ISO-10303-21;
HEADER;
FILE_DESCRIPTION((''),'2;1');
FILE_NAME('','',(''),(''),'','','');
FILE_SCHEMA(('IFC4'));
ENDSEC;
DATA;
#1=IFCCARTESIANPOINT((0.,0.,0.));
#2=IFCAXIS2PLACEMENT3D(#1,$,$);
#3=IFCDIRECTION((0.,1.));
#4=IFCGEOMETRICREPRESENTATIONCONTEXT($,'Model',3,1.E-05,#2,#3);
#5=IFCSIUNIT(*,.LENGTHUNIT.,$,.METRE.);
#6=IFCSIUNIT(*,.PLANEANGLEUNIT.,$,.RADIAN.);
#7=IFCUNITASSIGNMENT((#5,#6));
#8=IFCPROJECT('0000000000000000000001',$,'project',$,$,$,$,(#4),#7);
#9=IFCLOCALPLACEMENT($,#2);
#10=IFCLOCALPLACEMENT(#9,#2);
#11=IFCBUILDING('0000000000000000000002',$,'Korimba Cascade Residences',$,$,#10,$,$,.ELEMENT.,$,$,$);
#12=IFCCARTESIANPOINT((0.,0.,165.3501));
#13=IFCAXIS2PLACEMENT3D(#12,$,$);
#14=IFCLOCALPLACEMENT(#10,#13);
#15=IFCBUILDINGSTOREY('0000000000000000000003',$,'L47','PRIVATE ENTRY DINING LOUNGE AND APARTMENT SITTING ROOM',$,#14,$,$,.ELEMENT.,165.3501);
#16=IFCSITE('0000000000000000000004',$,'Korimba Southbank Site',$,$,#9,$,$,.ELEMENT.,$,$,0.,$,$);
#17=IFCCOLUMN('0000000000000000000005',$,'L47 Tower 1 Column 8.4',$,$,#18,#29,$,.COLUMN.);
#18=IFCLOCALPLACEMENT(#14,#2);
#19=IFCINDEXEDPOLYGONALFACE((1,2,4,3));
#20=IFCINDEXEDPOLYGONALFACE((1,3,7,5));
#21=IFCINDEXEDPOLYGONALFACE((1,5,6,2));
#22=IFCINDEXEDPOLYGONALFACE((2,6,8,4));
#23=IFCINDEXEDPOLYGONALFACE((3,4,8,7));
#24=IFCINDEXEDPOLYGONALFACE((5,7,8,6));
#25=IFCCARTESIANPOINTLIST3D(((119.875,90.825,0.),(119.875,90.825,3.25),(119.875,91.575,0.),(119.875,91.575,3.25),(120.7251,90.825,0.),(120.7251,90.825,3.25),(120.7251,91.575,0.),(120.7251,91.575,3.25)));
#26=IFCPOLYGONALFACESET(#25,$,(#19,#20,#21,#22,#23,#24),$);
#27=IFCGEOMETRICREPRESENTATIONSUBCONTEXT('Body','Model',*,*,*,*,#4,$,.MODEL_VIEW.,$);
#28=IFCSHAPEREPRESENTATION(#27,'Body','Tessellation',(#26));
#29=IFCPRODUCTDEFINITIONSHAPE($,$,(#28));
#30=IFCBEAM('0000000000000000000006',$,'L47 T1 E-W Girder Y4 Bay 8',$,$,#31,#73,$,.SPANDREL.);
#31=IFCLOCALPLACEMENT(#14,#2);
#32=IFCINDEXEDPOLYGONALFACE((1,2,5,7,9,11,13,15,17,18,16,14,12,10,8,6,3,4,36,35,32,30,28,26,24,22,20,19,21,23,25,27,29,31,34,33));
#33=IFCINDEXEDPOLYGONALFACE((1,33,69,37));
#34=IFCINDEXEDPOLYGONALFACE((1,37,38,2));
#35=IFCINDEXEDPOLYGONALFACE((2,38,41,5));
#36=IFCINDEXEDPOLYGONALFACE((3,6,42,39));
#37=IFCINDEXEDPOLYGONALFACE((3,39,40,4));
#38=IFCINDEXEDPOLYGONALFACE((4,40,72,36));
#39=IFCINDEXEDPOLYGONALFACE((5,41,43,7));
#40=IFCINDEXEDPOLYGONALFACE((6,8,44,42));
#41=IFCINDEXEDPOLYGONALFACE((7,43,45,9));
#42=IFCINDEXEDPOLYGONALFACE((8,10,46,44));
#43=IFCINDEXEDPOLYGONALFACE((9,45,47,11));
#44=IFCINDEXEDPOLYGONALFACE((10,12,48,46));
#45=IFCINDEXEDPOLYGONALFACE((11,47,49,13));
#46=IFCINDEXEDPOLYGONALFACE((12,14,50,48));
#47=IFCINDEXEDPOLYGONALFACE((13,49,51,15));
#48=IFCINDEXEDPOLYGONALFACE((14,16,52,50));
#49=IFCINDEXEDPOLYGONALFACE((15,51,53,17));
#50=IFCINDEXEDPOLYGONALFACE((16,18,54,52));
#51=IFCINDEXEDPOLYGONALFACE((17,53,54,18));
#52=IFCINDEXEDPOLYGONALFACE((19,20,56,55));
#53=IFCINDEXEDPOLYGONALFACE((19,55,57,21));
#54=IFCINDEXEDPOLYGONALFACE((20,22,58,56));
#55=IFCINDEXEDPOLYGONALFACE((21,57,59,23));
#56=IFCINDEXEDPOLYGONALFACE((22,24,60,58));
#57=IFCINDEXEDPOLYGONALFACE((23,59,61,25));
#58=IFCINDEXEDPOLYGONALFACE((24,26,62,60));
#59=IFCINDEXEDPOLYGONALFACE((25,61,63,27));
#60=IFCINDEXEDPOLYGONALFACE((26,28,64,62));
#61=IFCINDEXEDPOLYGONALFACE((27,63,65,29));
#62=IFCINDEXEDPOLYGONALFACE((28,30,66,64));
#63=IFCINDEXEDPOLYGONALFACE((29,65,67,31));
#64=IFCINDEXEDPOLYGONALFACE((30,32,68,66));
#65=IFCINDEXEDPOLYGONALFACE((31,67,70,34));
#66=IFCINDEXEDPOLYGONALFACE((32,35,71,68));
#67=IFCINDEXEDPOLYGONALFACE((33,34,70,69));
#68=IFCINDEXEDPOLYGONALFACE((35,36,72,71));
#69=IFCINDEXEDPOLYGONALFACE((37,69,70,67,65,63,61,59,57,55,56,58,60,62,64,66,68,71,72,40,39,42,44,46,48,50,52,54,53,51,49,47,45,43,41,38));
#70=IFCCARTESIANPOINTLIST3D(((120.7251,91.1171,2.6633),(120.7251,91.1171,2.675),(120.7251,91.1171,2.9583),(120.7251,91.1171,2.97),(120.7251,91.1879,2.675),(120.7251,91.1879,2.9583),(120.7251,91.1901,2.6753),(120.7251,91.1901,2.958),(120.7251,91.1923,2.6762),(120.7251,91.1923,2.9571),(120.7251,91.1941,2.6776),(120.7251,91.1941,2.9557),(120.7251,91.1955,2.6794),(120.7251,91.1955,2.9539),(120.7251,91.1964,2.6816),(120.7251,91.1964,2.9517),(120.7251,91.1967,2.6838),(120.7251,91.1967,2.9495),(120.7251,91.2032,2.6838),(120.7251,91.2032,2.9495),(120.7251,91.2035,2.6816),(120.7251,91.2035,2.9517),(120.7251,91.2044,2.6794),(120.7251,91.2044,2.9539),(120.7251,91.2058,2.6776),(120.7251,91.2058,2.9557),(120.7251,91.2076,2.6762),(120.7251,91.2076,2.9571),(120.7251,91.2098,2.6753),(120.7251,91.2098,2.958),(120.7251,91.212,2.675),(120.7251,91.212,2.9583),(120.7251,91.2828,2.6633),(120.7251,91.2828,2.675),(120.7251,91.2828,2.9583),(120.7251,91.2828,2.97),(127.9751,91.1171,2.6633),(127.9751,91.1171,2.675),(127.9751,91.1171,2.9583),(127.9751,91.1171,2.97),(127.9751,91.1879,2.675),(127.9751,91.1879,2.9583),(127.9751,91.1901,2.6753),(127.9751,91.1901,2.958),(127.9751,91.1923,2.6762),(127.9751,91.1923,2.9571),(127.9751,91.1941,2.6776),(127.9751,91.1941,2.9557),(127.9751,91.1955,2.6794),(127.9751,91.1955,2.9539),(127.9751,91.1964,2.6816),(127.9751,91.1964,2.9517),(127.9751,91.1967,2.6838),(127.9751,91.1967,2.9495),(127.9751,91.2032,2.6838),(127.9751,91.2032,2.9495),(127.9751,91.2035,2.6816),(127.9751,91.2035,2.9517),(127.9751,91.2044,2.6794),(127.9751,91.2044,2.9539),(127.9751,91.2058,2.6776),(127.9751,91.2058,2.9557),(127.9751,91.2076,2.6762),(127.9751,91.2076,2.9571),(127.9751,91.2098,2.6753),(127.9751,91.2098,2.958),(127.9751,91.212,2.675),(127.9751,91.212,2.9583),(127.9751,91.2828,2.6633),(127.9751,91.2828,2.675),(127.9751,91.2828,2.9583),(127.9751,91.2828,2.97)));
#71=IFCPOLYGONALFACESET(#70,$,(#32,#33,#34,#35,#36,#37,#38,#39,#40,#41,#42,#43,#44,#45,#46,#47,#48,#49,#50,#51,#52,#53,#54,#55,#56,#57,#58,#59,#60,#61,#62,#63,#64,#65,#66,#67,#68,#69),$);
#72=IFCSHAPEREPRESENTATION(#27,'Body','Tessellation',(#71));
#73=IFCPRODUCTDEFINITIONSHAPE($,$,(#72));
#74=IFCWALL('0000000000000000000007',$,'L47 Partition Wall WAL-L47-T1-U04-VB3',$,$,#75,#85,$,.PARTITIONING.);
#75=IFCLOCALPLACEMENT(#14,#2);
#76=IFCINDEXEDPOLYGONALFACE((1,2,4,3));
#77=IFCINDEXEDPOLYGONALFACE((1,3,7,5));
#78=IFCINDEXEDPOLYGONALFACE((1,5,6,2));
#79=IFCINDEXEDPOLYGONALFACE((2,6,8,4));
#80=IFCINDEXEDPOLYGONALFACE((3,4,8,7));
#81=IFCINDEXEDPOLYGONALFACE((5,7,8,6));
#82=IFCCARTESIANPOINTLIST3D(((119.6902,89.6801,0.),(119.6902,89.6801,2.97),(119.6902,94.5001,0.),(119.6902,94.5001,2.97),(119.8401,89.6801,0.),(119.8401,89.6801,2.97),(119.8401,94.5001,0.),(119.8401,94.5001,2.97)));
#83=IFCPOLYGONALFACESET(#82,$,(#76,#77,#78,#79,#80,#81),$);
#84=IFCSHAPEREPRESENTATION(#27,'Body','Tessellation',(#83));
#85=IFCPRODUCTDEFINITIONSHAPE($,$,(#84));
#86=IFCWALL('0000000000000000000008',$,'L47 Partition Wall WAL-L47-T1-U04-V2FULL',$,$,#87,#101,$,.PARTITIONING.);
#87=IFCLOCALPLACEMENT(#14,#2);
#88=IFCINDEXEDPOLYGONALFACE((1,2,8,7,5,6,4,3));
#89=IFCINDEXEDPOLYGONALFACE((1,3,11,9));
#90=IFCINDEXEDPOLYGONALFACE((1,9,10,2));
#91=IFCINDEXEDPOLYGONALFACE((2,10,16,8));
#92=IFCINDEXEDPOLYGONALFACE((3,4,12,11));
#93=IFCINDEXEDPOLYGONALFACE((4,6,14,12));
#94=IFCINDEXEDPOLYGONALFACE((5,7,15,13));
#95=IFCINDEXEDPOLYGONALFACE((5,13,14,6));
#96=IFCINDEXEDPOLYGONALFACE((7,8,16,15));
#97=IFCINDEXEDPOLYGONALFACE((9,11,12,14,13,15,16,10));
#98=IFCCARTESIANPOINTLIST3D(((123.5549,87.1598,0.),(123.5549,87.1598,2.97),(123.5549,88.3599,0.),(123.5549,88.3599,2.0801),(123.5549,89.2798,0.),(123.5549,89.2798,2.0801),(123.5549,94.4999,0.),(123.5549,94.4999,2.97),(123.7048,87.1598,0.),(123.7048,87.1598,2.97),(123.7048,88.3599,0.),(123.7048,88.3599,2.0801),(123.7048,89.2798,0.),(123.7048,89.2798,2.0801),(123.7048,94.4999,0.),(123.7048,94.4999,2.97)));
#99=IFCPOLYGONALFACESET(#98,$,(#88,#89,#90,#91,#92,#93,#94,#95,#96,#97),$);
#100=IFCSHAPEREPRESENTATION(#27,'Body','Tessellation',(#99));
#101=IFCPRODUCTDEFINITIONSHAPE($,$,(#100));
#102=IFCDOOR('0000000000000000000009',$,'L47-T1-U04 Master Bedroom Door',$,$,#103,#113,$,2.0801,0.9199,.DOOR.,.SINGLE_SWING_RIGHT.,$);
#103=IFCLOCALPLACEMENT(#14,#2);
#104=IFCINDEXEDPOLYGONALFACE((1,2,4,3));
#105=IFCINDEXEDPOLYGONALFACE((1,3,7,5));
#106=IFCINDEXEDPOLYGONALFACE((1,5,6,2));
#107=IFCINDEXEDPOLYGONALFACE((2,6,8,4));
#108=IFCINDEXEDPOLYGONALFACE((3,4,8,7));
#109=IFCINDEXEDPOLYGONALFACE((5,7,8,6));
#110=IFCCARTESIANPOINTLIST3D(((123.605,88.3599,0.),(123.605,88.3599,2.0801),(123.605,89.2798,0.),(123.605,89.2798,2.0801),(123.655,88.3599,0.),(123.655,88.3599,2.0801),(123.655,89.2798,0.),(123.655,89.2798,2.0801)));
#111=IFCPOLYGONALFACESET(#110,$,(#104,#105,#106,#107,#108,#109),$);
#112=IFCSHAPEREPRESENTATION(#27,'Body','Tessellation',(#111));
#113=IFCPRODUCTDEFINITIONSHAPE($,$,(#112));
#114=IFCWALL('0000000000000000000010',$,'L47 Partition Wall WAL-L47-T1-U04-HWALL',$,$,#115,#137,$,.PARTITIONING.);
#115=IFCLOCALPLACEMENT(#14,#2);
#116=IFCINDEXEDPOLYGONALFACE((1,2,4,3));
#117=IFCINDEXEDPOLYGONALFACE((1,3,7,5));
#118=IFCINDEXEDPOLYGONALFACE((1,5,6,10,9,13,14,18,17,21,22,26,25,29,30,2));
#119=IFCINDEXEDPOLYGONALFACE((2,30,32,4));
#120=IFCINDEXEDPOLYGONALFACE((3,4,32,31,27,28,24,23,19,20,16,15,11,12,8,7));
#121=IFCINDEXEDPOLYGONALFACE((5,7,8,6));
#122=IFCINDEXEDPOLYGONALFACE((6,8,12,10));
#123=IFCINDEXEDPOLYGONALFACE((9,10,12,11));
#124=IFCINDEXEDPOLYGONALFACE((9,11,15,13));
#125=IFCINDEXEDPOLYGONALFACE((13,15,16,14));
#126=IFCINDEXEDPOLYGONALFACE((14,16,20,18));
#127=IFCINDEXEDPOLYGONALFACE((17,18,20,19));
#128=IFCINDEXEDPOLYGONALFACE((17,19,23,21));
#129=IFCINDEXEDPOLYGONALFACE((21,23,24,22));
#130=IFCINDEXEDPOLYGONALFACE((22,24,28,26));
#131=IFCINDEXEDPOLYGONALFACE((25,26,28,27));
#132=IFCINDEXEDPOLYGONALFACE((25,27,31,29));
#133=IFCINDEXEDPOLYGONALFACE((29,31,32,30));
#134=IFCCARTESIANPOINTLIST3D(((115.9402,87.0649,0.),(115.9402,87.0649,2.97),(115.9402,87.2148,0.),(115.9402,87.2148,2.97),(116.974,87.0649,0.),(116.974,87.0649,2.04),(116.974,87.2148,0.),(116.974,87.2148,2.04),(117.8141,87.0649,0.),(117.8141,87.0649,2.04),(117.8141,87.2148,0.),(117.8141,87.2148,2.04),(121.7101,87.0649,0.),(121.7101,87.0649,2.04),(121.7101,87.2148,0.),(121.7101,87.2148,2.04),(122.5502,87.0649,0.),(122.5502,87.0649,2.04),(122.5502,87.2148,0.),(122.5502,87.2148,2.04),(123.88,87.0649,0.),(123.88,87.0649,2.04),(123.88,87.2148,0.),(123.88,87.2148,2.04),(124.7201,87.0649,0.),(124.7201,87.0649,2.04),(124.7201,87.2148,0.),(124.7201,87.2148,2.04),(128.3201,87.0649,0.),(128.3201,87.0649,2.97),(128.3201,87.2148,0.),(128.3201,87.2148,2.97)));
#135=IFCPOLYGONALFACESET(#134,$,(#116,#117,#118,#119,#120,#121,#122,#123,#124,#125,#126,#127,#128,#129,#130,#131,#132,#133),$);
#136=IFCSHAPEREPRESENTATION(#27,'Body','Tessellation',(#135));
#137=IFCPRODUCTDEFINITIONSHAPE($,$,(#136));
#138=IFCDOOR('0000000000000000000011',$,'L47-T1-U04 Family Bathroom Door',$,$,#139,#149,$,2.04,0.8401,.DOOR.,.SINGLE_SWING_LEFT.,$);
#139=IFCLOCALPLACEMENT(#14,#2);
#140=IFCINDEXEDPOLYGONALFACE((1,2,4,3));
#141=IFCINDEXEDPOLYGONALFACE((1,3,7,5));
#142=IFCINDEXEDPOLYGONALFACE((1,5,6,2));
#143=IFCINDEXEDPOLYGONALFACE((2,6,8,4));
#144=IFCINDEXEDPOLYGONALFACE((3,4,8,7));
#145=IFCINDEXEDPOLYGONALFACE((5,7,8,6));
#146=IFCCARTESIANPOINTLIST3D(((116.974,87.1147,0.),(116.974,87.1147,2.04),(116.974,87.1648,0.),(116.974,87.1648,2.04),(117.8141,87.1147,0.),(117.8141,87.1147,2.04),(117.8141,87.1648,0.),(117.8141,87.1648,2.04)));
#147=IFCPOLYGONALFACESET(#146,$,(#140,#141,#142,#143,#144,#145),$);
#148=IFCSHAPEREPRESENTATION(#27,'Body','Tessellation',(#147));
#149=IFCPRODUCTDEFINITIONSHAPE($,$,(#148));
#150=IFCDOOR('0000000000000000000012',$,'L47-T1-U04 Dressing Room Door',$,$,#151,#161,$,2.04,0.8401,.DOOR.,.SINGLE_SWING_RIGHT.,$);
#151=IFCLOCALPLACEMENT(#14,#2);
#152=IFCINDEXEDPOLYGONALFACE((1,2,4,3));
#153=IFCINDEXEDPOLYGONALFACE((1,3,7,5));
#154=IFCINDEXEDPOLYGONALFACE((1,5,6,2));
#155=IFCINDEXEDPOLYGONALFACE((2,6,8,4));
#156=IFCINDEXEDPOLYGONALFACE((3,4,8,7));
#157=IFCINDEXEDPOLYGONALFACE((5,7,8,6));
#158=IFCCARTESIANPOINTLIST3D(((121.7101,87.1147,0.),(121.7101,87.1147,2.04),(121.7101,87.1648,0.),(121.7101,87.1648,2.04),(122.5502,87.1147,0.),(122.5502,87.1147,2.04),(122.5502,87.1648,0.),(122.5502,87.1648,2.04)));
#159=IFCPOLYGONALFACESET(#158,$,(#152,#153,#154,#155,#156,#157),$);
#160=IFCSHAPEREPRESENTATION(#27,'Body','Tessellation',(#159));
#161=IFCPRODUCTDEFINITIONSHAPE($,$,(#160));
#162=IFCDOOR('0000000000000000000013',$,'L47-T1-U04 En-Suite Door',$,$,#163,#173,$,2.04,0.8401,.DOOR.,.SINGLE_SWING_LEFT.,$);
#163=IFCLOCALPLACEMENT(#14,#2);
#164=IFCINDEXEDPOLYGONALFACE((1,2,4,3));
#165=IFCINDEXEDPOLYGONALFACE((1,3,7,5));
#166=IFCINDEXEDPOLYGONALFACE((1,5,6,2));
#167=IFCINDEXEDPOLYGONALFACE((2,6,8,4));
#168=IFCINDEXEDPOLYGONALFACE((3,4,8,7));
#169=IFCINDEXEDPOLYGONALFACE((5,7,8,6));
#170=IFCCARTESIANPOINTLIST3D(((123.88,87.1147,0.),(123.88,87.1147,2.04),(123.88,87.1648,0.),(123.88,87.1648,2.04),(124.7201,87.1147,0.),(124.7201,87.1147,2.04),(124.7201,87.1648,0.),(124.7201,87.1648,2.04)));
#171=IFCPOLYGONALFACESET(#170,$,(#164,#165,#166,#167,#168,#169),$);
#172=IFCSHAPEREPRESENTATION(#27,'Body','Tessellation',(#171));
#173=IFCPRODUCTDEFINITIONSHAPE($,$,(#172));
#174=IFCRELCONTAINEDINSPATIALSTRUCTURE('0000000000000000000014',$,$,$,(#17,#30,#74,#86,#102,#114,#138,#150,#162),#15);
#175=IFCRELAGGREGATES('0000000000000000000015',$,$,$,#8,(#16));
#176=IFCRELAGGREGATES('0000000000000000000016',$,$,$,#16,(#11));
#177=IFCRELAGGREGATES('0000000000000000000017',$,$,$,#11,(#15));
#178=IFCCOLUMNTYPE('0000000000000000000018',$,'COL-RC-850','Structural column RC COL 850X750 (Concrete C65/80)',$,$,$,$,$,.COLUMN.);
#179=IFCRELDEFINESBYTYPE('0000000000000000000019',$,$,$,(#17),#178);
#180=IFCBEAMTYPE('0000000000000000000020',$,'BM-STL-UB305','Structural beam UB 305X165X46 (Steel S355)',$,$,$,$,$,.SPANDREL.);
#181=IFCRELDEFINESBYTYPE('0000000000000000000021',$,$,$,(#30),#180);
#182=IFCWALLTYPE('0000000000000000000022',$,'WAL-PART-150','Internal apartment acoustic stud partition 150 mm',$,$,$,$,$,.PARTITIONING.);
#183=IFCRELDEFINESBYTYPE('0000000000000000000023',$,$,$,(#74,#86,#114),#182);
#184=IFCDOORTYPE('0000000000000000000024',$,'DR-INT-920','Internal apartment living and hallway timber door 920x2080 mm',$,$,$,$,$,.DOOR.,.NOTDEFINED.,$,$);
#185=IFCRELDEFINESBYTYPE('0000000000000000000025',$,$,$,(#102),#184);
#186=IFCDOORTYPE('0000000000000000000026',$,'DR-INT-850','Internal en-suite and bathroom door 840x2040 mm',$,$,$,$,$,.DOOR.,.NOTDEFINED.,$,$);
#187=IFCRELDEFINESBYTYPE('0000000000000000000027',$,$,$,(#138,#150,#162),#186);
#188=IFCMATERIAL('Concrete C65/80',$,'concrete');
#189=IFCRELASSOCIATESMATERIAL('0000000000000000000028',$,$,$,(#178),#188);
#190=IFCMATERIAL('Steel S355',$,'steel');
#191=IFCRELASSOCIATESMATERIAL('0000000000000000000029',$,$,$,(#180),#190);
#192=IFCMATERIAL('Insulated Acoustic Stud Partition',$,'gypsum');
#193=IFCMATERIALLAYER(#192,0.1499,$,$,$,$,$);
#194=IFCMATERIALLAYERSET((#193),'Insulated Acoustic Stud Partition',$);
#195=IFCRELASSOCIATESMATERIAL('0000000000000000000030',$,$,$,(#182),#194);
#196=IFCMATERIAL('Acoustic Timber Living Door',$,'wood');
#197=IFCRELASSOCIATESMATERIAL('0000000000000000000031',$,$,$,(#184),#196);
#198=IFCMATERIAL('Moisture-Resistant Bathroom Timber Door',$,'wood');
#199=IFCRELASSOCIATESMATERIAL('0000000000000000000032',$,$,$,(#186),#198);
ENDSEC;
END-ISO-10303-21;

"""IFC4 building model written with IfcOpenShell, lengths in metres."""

from ifc_helpers import new_model, si_unit, direction, frame, frame_2d, origin, origin_2d, place, context, subcontext, project, spatial, rectangle, i_section, extrude, material, layer, layer_set, material_profile, profile_set, type_object, element, fill, save


model = new_model("IFC4")

# Units and contexts
model_context = context("Model", 3, precision=1e-05, world=origin(), true_north=direction((0.0, 1.0)))
body_context = subcontext(model_context, "Body", "Model", "MODEL_VIEW")
ifc_project = project(units=[si_unit("LENGTHUNIT", "METRE"), si_unit("PLANEANGLEUNIT", "RADIAN")], contexts=[model_context])

# Site, building, storey
site_placement = place(None, origin())
site = spatial("IfcSite", under=ifc_project, at=site_placement, Name="Korimba Southbank Site", CompositionType="ELEMENT", RefElevation=0.0)
building_placement = place(site_placement, origin())
building = spatial("IfcBuilding", under=site, at=building_placement, Name="Korimba Cascade Residences", CompositionType="ELEMENT")
storey_placement = place(building_placement, frame((0.0, 0.0, 165.3501)))
storey = spatial("IfcBuildingStorey", under=building, at=storey_placement, Name="L47", Description="PRIVATE ENTRY DINING LOUNGE AND APARTMENT SITTING ROOM", CompositionType="ELEMENT", Elevation=165.3501)

# Column
ifc_material_1 = material(Name="Concrete C65/80", Category="concrete")
ifc_material_profile_1 = material_profile(ifc_material_1, rectangle(XDim=0.8501, YDim=0.75, at=origin_2d()), Name="Concrete C65/80")
ifc_profile_set_1 = profile_set([ifc_material_profile_1], Name="Concrete C65/80")
column_type = type_object("IfcColumnType", Name="COL-RC-850", Description="Structural column RC COL 850X750 (Concrete C65/80)", PredefinedType="COLUMN", material=ifc_profile_set_1)
column_placement = place(storey_placement, frame((120.3, 91.2, 0.0), z_axis=(0.0, 0.0, 1.0), x_axis=(1.0, 0.0, 0.0)))
element("IfcColumn", 1, at=column_placement, inside=storey, type_object=column_type, Name="L47 Tower 1 Column 8.4", PredefinedType="COLUMN", context=body_context, shape_type="SweptSolid", body=[
    extrude(rectangle(XDim=0.8501, YDim=0.75, at=origin_2d()), origin(), (0.0, 0.0, 1.0), 3.25),
])

# Beam
ifc_material_2 = material(Name="Steel S355", Category="steel")
ifc_material_profile_2 = material_profile(ifc_material_2, i_section(OverallWidth=0.1658, OverallDepth=0.3066, WebThickness=0.0066, FlangeThickness=0.0117, FilletRadius=0.0088, at=origin_2d()), Name="Steel S355")
ifc_profile_set_2 = profile_set([ifc_material_profile_2], Name="Steel S355")
beam_type = type_object("IfcBeamType", Name="BM-STL-UB305", Description="Structural beam UB 305X165X46 (Steel S355)", PredefinedType="SPANDREL", material=ifc_profile_set_2)
beam_placement = place(storey_placement, frame((120.7251, 91.2, 2.8167), z_axis=(1.0, 0.0, 0.0), x_axis=(0.0, 1.0, 0.0)))
element("IfcBeam", 2, at=beam_placement, inside=storey, type_object=beam_type, Name="L47 T1 E-W Girder Y4 Bay 8", PredefinedType="SPANDREL", context=body_context, shape_type="SweptSolid", body=[
    extrude(i_section(OverallWidth=0.1658, OverallDepth=0.3066, WebThickness=0.0066, FlangeThickness=0.0117, FilletRadius=0.0088, at=origin_2d()), origin(), (0.0, 0.0, 1.0), 7.25),
])

# Wall
ifc_material_3 = material(Name="Insulated Acoustic Stud Partition", Category="gypsum")
ifc_layer = layer(ifc_material_3, 0.1499)
ifc_layer_set = layer_set([ifc_layer], Name="Insulated Acoustic Stud Partition")
wall_type = type_object("IfcWallType", Name="WAL-PART-150", Description="Internal apartment acoustic stud partition 150 mm", PredefinedType="PARTITIONING", material=ifc_layer_set)
wall_1_placement = place(storey_placement, frame((119.7651, 89.6799, 0.0), z_axis=(0.0, 0.0, 1.0), x_axis=(0.0, 1.0, 0.0)))
element("IfcWall", 3, at=wall_1_placement, inside=storey, type_object=wall_type, Name="L47 Partition Wall WAL-L47-T1-U04-VB3", PredefinedType="PARTITIONING", context=body_context, shape_type="SweptSolid", body=[
    extrude(rectangle(XDim=4.8201, YDim=0.1499, at=frame_2d((2.4102, 0.0))), origin(), (0.0, 0.0, 1.0), 2.97),
])

# Wall, opening, door
wall_2_placement = place(storey_placement, frame((123.6299, 87.1599, 0.0), z_axis=(0.0, 0.0, 1.0), x_axis=(0.0, 1.0, 0.0)))
wall_2 = element("IfcWall", 4, at=wall_2_placement, inside=storey, type_object=wall_type, Name="L47 Partition Wall WAL-L47-T1-U04-V2FULL", PredefinedType="PARTITIONING", context=body_context, shape_type="SweptSolid", body=[
    extrude(rectangle(XDim=7.3401, YDim=0.1499, at=frame_2d((3.6699, 0.0))), origin(), (0.0, 0.0, 1.0), 2.97),
])
opening_1_placement = place(wall_2_placement, frame((1.2, 0.0, 0.0)))
opening_1 = element("IfcOpeningElement", 5, at=opening_1_placement, cuts=wall_2, PredefinedType="OPENING", context=body_context, shape_type="SweptSolid", body=[
    extrude(rectangle(XDim=0.9199, YDim=2.0801, at=frame_2d((0.46, 1.04))), frame((0.0, 0.085, 0.0), z_axis=(0.0, -1.0, 0.0), x_axis=(1.0, 0.0, 0.0)), (0.0, 0.0, 1.0), 0.1699),
])
ifc_material_4 = material(Name="Acoustic Timber Living Door", Category="wood")
door_type_1 = type_object("IfcDoorType", Name="DR-INT-920", Description="Internal apartment living and hallway timber door 920x2080 mm", OperationType="NOTDEFINED", PredefinedType="DOOR", material=ifc_material_4)
door_1_placement = place(opening_1_placement, origin())
door_1 = element("IfcDoor", 6, at=door_1_placement, inside=storey, type_object=door_type_1, Name="L47-T1-U04 Master Bedroom Door", OperationType="SINGLE_SWING_RIGHT", OverallHeight=2.0801, OverallWidth=0.9199, PredefinedType="DOOR", context=body_context, shape_type="SweptSolid", body=[
    extrude(rectangle(XDim=0.9199, YDim=2.0801, at=frame_2d((0.46, 1.04))), frame((0.0, 0.0249, 0.0), z_axis=(0.0, -1.0, 0.0), x_axis=(1.0, 0.0, 0.0)), (0.0, 0.0, 1.0), 0.05),
])
fill(opening_1, door_1)

# Wall, openings, doors
wall_3_placement = place(storey_placement, frame((115.9402, 87.1399, 0.0), z_axis=(0.0, 0.0, 1.0), x_axis=(1.0, 0.0, 0.0)))
wall_3 = element("IfcWall", 7, at=wall_3_placement, inside=storey, type_object=wall_type, Name="L47 Partition Wall WAL-L47-T1-U04-HWALL", PredefinedType="PARTITIONING", context=body_context, shape_type="SweptSolid", body=[
    extrude(rectangle(XDim=12.3799, YDim=0.1499, at=frame_2d((6.1899, 0.0))), origin(), (0.0, 0.0, 1.0), 2.97),
])
opening_2_placement = place(wall_3_placement, frame((1.0339, 0.0, 0.0)))
opening_2 = element("IfcOpeningElement", 8, at=opening_2_placement, cuts=wall_3, PredefinedType="OPENING", context=body_context, shape_type="SweptSolid", body=[
    extrude(rectangle(XDim=0.8401, YDim=2.04, at=frame_2d((0.4199, 1.02))), frame((0.0, 0.085, 0.0), z_axis=(0.0, -1.0, 0.0), x_axis=(1.0, 0.0, 0.0)), (0.0, 0.0, 1.0), 0.1699),
])
opening_3_placement = place(wall_3_placement, frame((5.77, 0.0, 0.0)))
opening_3 = element("IfcOpeningElement", 9, at=opening_3_placement, cuts=wall_3, PredefinedType="OPENING", context=body_context, shape_type="SweptSolid", body=[
    extrude(rectangle(XDim=0.8401, YDim=2.04, at=frame_2d((0.4199, 1.02))), frame((0.0, 0.085, 0.0), z_axis=(0.0, -1.0, 0.0), x_axis=(1.0, 0.0, 0.0)), (0.0, 0.0, 1.0), 0.1699),
])
opening_4_placement = place(wall_3_placement, frame((7.9399, 0.0, 0.0)))
opening_4 = element("IfcOpeningElement", 10, at=opening_4_placement, cuts=wall_3, PredefinedType="OPENING", context=body_context, shape_type="SweptSolid", body=[
    extrude(rectangle(XDim=0.8401, YDim=2.04, at=frame_2d((0.4199, 1.02))), frame((0.0, 0.085, 0.0), z_axis=(0.0, -1.0, 0.0), x_axis=(1.0, 0.0, 0.0)), (0.0, 0.0, 1.0), 0.1699),
])
ifc_material_5 = material(Name="Moisture-Resistant Bathroom Timber Door", Category="wood")
door_type_2 = type_object("IfcDoorType", Name="DR-INT-850", Description="Internal en-suite and bathroom door 840x2040 mm", OperationType="NOTDEFINED", PredefinedType="DOOR", material=ifc_material_5)
door_2_placement = place(opening_2_placement, origin())
door_2 = element("IfcDoor", 11, at=door_2_placement, inside=storey, type_object=door_type_2, Name="L47-T1-U04 Family Bathroom Door", OperationType="SINGLE_SWING_LEFT", OverallHeight=2.04, OverallWidth=0.8401, PredefinedType="DOOR", context=body_context, shape_type="SweptSolid", body=[
    extrude(rectangle(XDim=0.8401, YDim=2.04, at=frame_2d((0.4199, 1.02))), frame((0.0, 0.0249, 0.0), z_axis=(0.0, -1.0, 0.0), x_axis=(1.0, 0.0, 0.0)), (0.0, 0.0, 1.0), 0.05),
])
fill(opening_2, door_2)
door_3_placement = place(opening_3_placement, origin())
door_3 = element("IfcDoor", 12, at=door_3_placement, inside=storey, type_object=door_type_2, Name="L47-T1-U04 Dressing Room Door", OperationType="SINGLE_SWING_RIGHT", OverallHeight=2.04, OverallWidth=0.8401, PredefinedType="DOOR", context=body_context, shape_type="SweptSolid", body=[
    extrude(rectangle(XDim=0.8401, YDim=2.04, at=frame_2d((0.4199, 1.02))), frame((0.0, 0.0249, 0.0), z_axis=(0.0, -1.0, 0.0), x_axis=(1.0, 0.0, 0.0)), (0.0, 0.0, 1.0), 0.05),
])
fill(opening_3, door_3)
door_4_placement = place(opening_4_placement, origin())
door_4 = element("IfcDoor", 13, at=door_4_placement, inside=storey, type_object=door_type_2, Name="L47-T1-U04 En-Suite Door", OperationType="SINGLE_SWING_LEFT", OverallHeight=2.04, OverallWidth=0.8401, PredefinedType="DOOR", context=body_context, shape_type="SweptSolid", body=[
    extrude(rectangle(XDim=0.8401, YDim=2.04, at=frame_2d((0.4199, 1.02))), frame((0.0, 0.0249, 0.0), z_axis=(0.0, -1.0, 0.0), x_axis=(1.0, 0.0, 0.0)), (0.0, 0.0, 1.0), 0.05),
])
fill(opening_4, door_4)

save(model, "model.ifc")
